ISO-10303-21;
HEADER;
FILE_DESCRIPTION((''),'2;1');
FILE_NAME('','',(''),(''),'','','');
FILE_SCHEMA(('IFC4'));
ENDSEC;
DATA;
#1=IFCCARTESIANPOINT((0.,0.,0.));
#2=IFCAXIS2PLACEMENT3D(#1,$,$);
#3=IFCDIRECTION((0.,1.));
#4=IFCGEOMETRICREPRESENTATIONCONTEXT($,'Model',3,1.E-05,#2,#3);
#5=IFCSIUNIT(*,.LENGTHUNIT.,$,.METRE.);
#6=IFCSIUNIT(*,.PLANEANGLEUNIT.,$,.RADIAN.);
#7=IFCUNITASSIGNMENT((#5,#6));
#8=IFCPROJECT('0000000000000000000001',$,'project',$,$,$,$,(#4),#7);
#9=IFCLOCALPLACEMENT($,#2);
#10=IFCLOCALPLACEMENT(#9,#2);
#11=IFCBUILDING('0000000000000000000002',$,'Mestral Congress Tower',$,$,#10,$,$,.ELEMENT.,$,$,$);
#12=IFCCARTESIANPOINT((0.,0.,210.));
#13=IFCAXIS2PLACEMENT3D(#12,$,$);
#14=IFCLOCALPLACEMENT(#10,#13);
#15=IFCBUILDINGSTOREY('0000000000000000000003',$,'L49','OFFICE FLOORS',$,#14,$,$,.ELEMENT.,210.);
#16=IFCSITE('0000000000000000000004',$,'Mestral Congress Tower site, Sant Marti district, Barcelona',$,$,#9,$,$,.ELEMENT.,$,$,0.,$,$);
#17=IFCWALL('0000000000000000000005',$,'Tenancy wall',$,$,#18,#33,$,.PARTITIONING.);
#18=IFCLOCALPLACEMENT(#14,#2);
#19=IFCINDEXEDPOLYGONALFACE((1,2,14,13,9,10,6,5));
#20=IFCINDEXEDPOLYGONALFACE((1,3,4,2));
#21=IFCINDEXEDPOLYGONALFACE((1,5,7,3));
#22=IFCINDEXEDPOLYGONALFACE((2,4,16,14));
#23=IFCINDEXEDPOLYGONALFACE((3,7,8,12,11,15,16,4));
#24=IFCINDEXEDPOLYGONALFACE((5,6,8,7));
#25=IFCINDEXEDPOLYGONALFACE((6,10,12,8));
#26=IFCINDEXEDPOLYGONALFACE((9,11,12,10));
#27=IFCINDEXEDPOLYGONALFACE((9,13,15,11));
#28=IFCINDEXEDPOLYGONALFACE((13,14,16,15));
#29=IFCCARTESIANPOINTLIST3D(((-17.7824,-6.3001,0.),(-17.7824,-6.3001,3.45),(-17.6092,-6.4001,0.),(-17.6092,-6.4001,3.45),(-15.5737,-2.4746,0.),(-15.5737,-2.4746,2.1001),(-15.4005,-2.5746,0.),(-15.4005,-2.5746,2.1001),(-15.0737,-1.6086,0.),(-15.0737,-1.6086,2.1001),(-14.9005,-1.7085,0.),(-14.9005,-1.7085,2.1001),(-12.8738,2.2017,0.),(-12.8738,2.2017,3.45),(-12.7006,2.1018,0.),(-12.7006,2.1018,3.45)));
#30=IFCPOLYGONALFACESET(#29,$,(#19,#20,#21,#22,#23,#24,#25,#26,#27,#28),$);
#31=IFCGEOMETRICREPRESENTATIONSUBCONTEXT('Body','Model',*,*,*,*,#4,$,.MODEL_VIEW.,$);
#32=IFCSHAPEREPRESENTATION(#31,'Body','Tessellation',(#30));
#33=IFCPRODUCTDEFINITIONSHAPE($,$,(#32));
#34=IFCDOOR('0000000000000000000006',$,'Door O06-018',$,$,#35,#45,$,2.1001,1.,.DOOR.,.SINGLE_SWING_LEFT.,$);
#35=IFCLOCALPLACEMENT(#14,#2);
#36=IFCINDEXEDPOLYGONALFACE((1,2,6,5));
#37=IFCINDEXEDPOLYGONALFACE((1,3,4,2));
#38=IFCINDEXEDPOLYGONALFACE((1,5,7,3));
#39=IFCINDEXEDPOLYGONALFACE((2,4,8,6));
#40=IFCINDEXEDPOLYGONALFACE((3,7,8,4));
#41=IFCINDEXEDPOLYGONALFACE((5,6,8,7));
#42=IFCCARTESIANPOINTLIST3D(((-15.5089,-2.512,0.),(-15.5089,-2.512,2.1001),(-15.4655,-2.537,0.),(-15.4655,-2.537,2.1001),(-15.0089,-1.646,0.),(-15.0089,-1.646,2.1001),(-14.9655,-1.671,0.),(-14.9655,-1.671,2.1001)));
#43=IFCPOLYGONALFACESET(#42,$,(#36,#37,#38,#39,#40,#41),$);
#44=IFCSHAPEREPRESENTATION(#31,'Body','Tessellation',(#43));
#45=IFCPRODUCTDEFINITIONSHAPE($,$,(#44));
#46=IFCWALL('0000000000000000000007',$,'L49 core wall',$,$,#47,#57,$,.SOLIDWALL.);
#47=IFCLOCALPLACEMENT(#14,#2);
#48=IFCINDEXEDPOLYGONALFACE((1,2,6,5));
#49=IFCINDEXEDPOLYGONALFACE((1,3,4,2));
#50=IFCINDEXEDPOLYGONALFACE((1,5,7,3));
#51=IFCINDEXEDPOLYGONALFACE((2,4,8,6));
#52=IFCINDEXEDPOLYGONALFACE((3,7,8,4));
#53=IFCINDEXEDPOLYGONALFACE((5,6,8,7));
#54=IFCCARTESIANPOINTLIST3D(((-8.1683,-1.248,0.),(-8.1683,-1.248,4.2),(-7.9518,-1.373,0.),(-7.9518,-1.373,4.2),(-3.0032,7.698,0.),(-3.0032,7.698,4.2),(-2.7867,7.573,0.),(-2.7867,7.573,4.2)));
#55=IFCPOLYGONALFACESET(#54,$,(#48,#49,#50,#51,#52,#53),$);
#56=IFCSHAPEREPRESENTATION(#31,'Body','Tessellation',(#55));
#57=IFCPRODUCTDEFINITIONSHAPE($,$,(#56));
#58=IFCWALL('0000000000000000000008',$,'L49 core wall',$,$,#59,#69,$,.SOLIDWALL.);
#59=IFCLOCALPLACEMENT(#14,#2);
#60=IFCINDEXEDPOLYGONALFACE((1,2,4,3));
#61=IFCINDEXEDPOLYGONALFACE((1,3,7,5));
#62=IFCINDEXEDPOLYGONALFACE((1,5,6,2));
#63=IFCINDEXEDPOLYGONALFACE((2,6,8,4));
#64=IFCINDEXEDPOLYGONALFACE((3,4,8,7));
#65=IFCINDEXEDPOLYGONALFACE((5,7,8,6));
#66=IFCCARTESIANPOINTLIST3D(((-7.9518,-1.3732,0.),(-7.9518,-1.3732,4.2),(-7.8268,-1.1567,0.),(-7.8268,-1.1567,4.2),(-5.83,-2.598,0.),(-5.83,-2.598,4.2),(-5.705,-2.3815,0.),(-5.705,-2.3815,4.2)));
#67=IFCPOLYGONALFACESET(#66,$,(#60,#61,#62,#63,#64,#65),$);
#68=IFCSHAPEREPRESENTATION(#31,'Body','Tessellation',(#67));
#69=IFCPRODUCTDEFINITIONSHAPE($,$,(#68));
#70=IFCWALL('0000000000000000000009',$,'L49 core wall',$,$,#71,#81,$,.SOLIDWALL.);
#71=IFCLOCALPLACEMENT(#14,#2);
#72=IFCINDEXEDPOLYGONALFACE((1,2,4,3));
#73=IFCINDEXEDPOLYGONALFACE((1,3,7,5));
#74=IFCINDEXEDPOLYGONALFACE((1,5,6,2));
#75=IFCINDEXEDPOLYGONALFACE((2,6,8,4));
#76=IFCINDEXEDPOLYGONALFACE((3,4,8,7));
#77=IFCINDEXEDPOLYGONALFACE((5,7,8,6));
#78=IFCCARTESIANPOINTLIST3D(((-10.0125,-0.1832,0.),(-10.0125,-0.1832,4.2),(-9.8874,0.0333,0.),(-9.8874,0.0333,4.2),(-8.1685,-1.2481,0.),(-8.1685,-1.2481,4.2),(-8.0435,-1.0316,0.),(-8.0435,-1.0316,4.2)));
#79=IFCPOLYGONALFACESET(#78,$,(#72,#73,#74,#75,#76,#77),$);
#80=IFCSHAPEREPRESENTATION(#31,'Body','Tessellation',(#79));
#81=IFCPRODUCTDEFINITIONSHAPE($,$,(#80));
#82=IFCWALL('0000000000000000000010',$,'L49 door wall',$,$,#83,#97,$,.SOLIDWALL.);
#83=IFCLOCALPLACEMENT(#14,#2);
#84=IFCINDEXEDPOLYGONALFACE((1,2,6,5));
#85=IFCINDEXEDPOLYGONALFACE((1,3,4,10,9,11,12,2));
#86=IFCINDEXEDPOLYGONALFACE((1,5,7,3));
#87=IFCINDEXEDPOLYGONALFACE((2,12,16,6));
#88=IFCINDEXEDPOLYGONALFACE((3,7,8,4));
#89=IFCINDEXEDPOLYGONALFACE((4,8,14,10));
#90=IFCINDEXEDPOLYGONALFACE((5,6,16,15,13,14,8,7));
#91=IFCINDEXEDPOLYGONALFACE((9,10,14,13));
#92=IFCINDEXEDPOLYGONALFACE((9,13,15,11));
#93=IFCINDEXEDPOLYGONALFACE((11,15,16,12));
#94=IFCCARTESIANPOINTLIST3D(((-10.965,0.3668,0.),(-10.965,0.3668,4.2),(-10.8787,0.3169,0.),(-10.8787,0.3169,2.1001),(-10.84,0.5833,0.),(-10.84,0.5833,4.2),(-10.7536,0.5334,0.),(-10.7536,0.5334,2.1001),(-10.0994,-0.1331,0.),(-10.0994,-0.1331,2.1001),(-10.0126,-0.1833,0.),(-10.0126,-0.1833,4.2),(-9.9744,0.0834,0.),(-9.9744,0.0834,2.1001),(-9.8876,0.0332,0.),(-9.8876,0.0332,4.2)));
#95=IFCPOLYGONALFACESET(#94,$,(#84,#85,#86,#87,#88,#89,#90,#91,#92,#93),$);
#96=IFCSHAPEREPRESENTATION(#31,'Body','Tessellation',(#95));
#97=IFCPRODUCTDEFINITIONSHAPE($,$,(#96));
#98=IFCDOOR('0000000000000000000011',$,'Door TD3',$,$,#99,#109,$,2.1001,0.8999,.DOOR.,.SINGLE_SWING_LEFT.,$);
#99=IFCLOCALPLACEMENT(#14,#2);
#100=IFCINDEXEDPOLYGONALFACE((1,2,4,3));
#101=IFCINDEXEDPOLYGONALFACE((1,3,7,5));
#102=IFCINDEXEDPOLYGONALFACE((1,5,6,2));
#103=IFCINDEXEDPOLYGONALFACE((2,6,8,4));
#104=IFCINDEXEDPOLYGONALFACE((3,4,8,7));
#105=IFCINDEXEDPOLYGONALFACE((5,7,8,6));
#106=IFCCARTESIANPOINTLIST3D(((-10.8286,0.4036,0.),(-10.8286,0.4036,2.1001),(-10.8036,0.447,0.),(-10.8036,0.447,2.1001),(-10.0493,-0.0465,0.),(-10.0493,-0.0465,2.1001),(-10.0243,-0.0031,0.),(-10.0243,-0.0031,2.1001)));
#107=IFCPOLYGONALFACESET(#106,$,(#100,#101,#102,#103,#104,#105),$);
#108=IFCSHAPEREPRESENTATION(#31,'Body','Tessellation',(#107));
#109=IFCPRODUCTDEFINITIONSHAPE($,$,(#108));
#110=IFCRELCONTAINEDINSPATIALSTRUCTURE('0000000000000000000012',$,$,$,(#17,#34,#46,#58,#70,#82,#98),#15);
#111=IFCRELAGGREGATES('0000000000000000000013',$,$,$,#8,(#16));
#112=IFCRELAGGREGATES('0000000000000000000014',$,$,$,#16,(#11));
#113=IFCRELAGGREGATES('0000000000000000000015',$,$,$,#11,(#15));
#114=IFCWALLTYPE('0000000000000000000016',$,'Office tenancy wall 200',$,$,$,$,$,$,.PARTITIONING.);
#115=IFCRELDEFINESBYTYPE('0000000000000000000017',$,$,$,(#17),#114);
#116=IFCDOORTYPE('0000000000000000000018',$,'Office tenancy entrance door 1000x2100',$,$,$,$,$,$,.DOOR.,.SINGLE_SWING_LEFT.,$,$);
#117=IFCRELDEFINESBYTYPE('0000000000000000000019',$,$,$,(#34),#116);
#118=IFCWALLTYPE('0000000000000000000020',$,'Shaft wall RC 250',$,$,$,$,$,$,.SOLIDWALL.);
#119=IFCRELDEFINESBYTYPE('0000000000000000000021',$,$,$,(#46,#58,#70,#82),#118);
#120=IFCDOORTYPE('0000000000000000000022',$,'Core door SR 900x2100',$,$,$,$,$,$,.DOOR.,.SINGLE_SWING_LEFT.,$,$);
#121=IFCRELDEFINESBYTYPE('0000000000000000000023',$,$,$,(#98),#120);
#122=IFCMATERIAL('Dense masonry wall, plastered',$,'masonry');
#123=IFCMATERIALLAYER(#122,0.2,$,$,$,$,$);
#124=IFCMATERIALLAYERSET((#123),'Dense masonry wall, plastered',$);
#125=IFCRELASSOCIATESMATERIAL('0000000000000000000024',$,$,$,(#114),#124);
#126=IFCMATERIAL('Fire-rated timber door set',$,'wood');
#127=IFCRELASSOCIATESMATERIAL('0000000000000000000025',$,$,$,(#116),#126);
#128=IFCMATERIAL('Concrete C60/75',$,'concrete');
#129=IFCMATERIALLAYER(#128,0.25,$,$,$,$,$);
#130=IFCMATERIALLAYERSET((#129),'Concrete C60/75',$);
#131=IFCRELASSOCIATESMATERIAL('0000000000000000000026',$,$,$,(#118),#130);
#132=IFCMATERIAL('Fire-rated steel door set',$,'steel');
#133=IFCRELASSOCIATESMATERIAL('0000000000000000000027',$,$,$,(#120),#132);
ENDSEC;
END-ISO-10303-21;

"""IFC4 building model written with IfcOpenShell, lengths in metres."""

from ifc_helpers import new_model, si_unit, direction, frame, frame_2d, origin, place, context, subcontext, project, spatial, rectangle, extrude, material, layer, layer_set, type_object, element, fill, save


model = new_model("IFC4")

# Units and contexts
model_context = context("Model", 3, precision=1e-05, world=origin(), true_north=direction((0.0, 1.0)))
body_context = subcontext(model_context, "Body", "Model", "MODEL_VIEW")
ifc_project = project(units=[si_unit("LENGTHUNIT", "METRE"), si_unit("PLANEANGLEUNIT", "RADIAN")], contexts=[model_context])

# Site, building, storey
site_placement = place(None, origin())
site = spatial("IfcSite", under=ifc_project, at=site_placement, Name="Mestral Congress Tower site, Sant Marti district, Barcelona", CompositionType="ELEMENT", RefElevation=0.0)
building_placement = place(site_placement, origin())
building = spatial("IfcBuilding", under=site, at=building_placement, Name="Mestral Congress Tower", CompositionType="ELEMENT")
storey_placement = place(building_placement, frame((0.0, 0.0, 210.0)))
storey = spatial("IfcBuildingStorey", under=building, at=storey_placement, Name="L49", Description="OFFICE FLOORS", CompositionType="ELEMENT", Elevation=210.0)

# Shared definitions
ifc_material_1 = material(Name="Concrete C60/75", Category="concrete")

# Wall, opening, door
ifc_material_2 = material(Name="Dense masonry wall, plastered", Category="masonry")
ifc_layer_1 = layer(ifc_material_2, 0.2)
ifc_layer_set_1 = layer_set([ifc_layer_1], Name="Dense masonry wall, plastered")
wall_type_1 = type_object("IfcWallType", Name="Office tenancy wall 200", PredefinedType="PARTITIONING", material=ifc_layer_set_1)
wall_1_placement = place(storey_placement, frame((-12.7871, 2.1519, 0.0), z_axis=(0.0, 0.0, 1.0), x_axis=(-0.500007, -0.866022, 0.0)))
wall_1 = element("IfcWall", 1, at=wall_1_placement, inside=storey, type_object=wall_type_1, Name="Tenancy wall", PredefinedType="PARTITIONING", context=body_context, shape_type="SweptSolid", body=[
    extrude(rectangle(XDim=9.8171, YDim=0.2, at=frame_2d((4.9087, 0.0))), origin(), (0.0, 0.0, 1.0), 3.45),
])
opening_1_placement = place(wall_1_placement, frame((4.3999, 0.0, 0.0)))
opening_1 = element("IfcOpeningElement", 2, at=opening_1_placement, cuts=wall_1, PredefinedType="OPENING", context=body_context, shape_type="SweptSolid", body=[
    extrude(rectangle(XDim=1.0, YDim=2.1001, at=frame_2d((0.5, 1.05))), frame((0.0, 0.1099, 0.0), z_axis=(0.0, -1.0, 0.0), x_axis=(1.0, 0.0, 0.0)), (0.0, 0.0, 1.0), 0.22),
])
ifc_material_3 = material(Name="Fire-rated timber door set", Category="wood")
door_type_1 = type_object("IfcDoorType", Name="Office tenancy entrance door 1000x2100", OperationType="SINGLE_SWING_LEFT", PredefinedType="DOOR", material=ifc_material_3)
door_1_placement = place(opening_1_placement, origin())
door_1 = element("IfcDoor", 3, at=door_1_placement, inside=storey, type_object=door_type_1, Name="Door O06-018", OperationType="SINGLE_SWING_LEFT", OverallHeight=2.1001, OverallWidth=1.0, PredefinedType="DOOR", context=body_context, shape_type="SweptSolid", body=[
    extrude(rectangle(XDim=1.0, YDim=2.1001, at=frame_2d((0.5, 1.05))), frame((0.0, 0.0249, 0.0), z_axis=(0.0, -1.0, 0.0), x_axis=(1.0, 0.0, 0.0)), (0.0, 0.0, 1.0), 0.05),
])
fill(opening_1, door_1)

# Walls
ifc_layer_2 = layer(ifc_material_1, 0.25)
ifc_layer_set_2 = layer_set([ifc_layer_2], Name="Concrete C60/75")
wall_type_2 = type_object("IfcWallType", Name="Shaft wall RC 250", PredefinedType="SOLIDWALL", material=ifc_layer_set_2)
wall_2_placement = place(storey_placement, frame((-8.0601, -1.3105, 0.0), z_axis=(0.0, 0.0, 1.0), x_axis=(0.500003, 0.866024, 0.0)))
element("IfcWall", 4, at=wall_2_placement, inside=storey, type_object=wall_type_2, Name="L49 core wall", PredefinedType="SOLIDWALL", context=body_context, shape_type="SweptSolid", body=[
    extrude(rectangle(XDim=10.3301, YDim=0.25, at=frame_2d((5.165, 0.0))), origin(), (0.0, 0.0, 1.0), 4.2),
])
wall_3_placement = place(storey_placement, frame((-7.8894, -1.2649, 0.0), z_axis=(0.0, 0.0, 1.0), x_axis=(0.866058, -0.499944, 0.0)))
element("IfcWall", 5, at=wall_3_placement, inside=storey, type_object=wall_type_2, Name="L49 core wall", PredefinedType="SOLIDWALL", context=body_context, shape_type="SweptSolid", body=[
    extrude(rectangle(XDim=2.45, YDim=0.25, at=frame_2d((1.2251, 0.0))), origin(), (0.0, 0.0, 1.0), 4.2),
])
wall_4_placement = place(storey_placement, frame((-9.95, -0.075, 0.0), z_axis=(0.0, 0.0, 1.0), x_axis=(0.865962, -0.500109, 0.0)))
element("IfcWall", 6, at=wall_4_placement, inside=storey, type_object=wall_type_2, Name="L49 core wall", PredefinedType="SOLIDWALL", context=body_context, shape_type="SweptSolid", body=[
    extrude(rectangle(XDim=2.1294, YDim=0.25, at=frame_2d((1.0647, 0.0))), origin(), (0.0, 0.0, 1.0), 4.2),
])

# Wall, opening, door
wall_5_placement = place(storey_placement, frame((-9.9502, -0.075, 0.0), z_axis=(0.0, 0.0, 1.0), x_axis=(-0.865953, 0.500126, 0.0)))
wall_5 = element("IfcWall", 7, at=wall_5_placement, inside=storey, type_object=wall_type_2, Name="L49 door wall", PredefinedType="SOLIDWALL", context=body_context, shape_type="SweptSolid", body=[
    extrude(rectangle(XDim=1.0999, YDim=0.25, at=frame_2d((0.5498, 0.0))), origin(), (0.0, 0.0, 1.0), 4.2),
])
opening_2_placement = place(wall_5_placement, frame((0.1001, 0.0, 0.0)))
opening_2 = element("IfcOpeningElement", 8, at=opening_2_placement, cuts=wall_5, PredefinedType="OPENING", context=body_context, shape_type="SweptSolid", body=[
    extrude(rectangle(XDim=0.8999, YDim=2.1001, at=frame_2d((0.45, 1.05))), frame((0.0, 0.135, 0.0), z_axis=(0.0, -1.0, 0.0), x_axis=(1.0, 0.0, 0.0)), (0.0, 0.0, 1.0), 0.27),
])
ifc_material_4 = material(Name="Fire-rated steel door set", Category="steel")
door_type_2 = type_object("IfcDoorType", Name="Core door SR 900x2100", OperationType="SINGLE_SWING_LEFT", PredefinedType="DOOR", material=ifc_material_4)
door_2_placement = place(opening_2_placement, origin())
door_2 = element("IfcDoor", 9, at=door_2_placement, inside=storey, type_object=door_type_2, Name="Door TD3", OperationType="SINGLE_SWING_LEFT", OverallHeight=2.1001, OverallWidth=0.8999, PredefinedType="DOOR", context=body_context, shape_type="SweptSolid", body=[
    extrude(rectangle(XDim=0.8999, YDim=2.1001, at=frame_2d((0.45, 1.05))), frame((0.0, 0.0249, 0.0), z_axis=(0.0, -1.0, 0.0), x_axis=(1.0, 0.0, 0.0)), (0.0, 0.0, 1.0), 0.05),
])
fill(opening_2, door_2)

save(model, "model.ifc")
